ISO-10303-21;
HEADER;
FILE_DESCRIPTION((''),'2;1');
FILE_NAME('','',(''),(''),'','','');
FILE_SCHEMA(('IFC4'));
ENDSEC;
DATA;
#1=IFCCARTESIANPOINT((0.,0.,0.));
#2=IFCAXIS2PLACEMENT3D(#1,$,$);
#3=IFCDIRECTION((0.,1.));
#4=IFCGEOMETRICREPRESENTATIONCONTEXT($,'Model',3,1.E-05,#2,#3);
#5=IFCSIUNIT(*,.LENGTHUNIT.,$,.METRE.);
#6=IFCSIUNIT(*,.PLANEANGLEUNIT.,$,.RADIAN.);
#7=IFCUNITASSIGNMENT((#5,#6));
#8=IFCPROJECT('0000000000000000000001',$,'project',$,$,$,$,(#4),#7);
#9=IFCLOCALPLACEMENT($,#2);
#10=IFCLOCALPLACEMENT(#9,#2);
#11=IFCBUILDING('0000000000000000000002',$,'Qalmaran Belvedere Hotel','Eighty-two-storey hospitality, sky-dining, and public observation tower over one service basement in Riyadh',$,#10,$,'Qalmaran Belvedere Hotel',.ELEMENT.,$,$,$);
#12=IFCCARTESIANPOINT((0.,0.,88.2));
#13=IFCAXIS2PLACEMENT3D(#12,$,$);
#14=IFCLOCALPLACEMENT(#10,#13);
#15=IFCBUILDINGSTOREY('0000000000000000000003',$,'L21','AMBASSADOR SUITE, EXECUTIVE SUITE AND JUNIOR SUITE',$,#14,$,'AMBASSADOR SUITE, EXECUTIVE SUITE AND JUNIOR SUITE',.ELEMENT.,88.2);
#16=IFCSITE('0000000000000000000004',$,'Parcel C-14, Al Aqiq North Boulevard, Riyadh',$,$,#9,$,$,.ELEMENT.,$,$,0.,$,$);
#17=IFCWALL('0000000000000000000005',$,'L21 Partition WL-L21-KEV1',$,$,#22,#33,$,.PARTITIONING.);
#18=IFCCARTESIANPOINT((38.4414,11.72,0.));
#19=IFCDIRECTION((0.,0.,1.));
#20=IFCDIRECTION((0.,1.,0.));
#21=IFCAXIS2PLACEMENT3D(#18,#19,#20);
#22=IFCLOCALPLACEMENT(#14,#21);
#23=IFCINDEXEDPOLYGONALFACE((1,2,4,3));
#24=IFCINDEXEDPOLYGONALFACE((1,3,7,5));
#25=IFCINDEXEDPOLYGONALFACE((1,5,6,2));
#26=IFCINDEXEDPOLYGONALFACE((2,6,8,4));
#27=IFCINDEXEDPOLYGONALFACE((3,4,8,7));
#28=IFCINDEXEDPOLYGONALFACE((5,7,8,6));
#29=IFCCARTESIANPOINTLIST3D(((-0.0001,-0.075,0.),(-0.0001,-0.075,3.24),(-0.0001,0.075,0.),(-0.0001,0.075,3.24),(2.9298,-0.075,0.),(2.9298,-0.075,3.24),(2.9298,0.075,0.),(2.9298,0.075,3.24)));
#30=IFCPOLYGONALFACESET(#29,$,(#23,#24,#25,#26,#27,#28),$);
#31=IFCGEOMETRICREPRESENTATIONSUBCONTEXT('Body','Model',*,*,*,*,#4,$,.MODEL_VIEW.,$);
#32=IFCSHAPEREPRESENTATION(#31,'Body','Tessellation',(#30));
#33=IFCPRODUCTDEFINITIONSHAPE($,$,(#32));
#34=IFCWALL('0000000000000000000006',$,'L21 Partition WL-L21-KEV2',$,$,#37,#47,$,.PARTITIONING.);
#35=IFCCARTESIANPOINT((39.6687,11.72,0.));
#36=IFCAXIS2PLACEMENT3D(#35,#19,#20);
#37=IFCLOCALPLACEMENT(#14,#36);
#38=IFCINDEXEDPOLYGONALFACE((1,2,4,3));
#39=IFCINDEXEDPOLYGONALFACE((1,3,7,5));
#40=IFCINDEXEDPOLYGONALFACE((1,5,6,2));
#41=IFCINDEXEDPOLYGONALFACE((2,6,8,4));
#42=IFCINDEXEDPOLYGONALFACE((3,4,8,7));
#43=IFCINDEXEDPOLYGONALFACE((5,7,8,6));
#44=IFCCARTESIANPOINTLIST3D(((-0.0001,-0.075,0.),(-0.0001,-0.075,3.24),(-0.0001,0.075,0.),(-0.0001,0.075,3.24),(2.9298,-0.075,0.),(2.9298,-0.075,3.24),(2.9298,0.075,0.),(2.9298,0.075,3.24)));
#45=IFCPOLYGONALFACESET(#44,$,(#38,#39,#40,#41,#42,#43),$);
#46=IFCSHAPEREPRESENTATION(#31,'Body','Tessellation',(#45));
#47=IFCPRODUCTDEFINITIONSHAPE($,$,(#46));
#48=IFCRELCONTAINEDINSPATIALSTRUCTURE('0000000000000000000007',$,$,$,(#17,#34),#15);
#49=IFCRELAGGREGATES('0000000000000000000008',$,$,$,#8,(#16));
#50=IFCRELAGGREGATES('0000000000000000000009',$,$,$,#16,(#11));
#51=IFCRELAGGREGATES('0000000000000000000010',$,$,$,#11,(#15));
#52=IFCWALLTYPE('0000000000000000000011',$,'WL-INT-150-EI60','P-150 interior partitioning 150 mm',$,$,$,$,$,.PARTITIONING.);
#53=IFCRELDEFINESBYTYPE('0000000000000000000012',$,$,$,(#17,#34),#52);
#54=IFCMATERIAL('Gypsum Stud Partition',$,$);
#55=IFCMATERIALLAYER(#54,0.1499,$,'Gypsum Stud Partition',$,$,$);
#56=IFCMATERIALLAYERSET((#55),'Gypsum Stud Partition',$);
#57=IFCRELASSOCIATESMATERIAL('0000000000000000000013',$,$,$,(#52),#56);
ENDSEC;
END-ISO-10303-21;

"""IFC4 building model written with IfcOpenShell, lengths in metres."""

from ifc_helpers import new_model, si_unit, direction, frame, frame_2d, origin, place, context, subcontext, project, spatial, rectangle, extrude, material, layer, layer_set, type_object, element, save


model = new_model("IFC4")

# Units and contexts
model_context = context("Model", 3, precision=1e-05, world=origin(), true_north=direction((0.0, 1.0)))
body_context = subcontext(model_context, "Body", "Model", "MODEL_VIEW")
ifc_project = project(units=[si_unit("LENGTHUNIT", "METRE"), si_unit("PLANEANGLEUNIT", "RADIAN")], contexts=[model_context])

# Site, building, storey
site_placement = place(None, origin())
site = spatial("IfcSite", under=ifc_project, at=site_placement, Name="Parcel C-14, Al Aqiq North Boulevard, Riyadh", CompositionType="ELEMENT", RefElevation=0.0)
building_placement = place(site_placement, origin())
building = spatial("IfcBuilding", under=site, at=building_placement, Name="Qalmaran Belvedere Hotel", Description="Eighty-two-storey hospitality, sky-dining, and public observation tower over one service basement in Riyadh", LongName="Qalmaran Belvedere Hotel", CompositionType="ELEMENT")
storey_placement = place(building_placement, frame((0.0, 0.0, 88.2)))
storey = spatial("IfcBuildingStorey", under=building, at=storey_placement, Name="L21", Description="AMBASSADOR SUITE, EXECUTIVE SUITE AND JUNIOR SUITE", LongName="AMBASSADOR SUITE, EXECUTIVE SUITE AND JUNIOR SUITE", CompositionType="ELEMENT", Elevation=88.2)

# Walls
ifc_material_1 = material(Name="Gypsum Stud Partition")
ifc_layer_1 = layer(ifc_material_1, 0.1499, Name="Gypsum Stud Partition")
ifc_layer_set_1 = layer_set([ifc_layer_1], Name="Gypsum Stud Partition")
wall_type_1 = type_object("IfcWallType", Name="WL-INT-150-EI60", Description="P-150 interior partitioning 150 mm", PredefinedType="PARTITIONING", material=ifc_layer_set_1)
for number, where, z_axis, x_axis, name in (
    (1, (38.4414, 11.72, 0.0), (0.0, 0.0, 1.0), (0.0, 1.0, 0.0), "L21 Partition WL-L21-KEV1"),
    (2, (39.6687, 11.72, 0.0), (0.0, 0.0, 1.0), (0.0, 1.0, 0.0), "L21 Partition WL-L21-KEV2"),
):
    element("IfcWall", number, at=place(storey_placement, frame(where, z_axis=z_axis, x_axis=x_axis)), inside=storey, type_object=wall_type_1, Name=name, PredefinedType="PARTITIONING", context=body_context, shape_type="SweptSolid", body=[
        extrude(rectangle(XDim=2.9299, YDim=0.1499, at=frame_2d((1.4648, 0.0))), origin(), (0.0, 0.0, 1.0), 3.24),
    ])

save(model, "model.ifc")
